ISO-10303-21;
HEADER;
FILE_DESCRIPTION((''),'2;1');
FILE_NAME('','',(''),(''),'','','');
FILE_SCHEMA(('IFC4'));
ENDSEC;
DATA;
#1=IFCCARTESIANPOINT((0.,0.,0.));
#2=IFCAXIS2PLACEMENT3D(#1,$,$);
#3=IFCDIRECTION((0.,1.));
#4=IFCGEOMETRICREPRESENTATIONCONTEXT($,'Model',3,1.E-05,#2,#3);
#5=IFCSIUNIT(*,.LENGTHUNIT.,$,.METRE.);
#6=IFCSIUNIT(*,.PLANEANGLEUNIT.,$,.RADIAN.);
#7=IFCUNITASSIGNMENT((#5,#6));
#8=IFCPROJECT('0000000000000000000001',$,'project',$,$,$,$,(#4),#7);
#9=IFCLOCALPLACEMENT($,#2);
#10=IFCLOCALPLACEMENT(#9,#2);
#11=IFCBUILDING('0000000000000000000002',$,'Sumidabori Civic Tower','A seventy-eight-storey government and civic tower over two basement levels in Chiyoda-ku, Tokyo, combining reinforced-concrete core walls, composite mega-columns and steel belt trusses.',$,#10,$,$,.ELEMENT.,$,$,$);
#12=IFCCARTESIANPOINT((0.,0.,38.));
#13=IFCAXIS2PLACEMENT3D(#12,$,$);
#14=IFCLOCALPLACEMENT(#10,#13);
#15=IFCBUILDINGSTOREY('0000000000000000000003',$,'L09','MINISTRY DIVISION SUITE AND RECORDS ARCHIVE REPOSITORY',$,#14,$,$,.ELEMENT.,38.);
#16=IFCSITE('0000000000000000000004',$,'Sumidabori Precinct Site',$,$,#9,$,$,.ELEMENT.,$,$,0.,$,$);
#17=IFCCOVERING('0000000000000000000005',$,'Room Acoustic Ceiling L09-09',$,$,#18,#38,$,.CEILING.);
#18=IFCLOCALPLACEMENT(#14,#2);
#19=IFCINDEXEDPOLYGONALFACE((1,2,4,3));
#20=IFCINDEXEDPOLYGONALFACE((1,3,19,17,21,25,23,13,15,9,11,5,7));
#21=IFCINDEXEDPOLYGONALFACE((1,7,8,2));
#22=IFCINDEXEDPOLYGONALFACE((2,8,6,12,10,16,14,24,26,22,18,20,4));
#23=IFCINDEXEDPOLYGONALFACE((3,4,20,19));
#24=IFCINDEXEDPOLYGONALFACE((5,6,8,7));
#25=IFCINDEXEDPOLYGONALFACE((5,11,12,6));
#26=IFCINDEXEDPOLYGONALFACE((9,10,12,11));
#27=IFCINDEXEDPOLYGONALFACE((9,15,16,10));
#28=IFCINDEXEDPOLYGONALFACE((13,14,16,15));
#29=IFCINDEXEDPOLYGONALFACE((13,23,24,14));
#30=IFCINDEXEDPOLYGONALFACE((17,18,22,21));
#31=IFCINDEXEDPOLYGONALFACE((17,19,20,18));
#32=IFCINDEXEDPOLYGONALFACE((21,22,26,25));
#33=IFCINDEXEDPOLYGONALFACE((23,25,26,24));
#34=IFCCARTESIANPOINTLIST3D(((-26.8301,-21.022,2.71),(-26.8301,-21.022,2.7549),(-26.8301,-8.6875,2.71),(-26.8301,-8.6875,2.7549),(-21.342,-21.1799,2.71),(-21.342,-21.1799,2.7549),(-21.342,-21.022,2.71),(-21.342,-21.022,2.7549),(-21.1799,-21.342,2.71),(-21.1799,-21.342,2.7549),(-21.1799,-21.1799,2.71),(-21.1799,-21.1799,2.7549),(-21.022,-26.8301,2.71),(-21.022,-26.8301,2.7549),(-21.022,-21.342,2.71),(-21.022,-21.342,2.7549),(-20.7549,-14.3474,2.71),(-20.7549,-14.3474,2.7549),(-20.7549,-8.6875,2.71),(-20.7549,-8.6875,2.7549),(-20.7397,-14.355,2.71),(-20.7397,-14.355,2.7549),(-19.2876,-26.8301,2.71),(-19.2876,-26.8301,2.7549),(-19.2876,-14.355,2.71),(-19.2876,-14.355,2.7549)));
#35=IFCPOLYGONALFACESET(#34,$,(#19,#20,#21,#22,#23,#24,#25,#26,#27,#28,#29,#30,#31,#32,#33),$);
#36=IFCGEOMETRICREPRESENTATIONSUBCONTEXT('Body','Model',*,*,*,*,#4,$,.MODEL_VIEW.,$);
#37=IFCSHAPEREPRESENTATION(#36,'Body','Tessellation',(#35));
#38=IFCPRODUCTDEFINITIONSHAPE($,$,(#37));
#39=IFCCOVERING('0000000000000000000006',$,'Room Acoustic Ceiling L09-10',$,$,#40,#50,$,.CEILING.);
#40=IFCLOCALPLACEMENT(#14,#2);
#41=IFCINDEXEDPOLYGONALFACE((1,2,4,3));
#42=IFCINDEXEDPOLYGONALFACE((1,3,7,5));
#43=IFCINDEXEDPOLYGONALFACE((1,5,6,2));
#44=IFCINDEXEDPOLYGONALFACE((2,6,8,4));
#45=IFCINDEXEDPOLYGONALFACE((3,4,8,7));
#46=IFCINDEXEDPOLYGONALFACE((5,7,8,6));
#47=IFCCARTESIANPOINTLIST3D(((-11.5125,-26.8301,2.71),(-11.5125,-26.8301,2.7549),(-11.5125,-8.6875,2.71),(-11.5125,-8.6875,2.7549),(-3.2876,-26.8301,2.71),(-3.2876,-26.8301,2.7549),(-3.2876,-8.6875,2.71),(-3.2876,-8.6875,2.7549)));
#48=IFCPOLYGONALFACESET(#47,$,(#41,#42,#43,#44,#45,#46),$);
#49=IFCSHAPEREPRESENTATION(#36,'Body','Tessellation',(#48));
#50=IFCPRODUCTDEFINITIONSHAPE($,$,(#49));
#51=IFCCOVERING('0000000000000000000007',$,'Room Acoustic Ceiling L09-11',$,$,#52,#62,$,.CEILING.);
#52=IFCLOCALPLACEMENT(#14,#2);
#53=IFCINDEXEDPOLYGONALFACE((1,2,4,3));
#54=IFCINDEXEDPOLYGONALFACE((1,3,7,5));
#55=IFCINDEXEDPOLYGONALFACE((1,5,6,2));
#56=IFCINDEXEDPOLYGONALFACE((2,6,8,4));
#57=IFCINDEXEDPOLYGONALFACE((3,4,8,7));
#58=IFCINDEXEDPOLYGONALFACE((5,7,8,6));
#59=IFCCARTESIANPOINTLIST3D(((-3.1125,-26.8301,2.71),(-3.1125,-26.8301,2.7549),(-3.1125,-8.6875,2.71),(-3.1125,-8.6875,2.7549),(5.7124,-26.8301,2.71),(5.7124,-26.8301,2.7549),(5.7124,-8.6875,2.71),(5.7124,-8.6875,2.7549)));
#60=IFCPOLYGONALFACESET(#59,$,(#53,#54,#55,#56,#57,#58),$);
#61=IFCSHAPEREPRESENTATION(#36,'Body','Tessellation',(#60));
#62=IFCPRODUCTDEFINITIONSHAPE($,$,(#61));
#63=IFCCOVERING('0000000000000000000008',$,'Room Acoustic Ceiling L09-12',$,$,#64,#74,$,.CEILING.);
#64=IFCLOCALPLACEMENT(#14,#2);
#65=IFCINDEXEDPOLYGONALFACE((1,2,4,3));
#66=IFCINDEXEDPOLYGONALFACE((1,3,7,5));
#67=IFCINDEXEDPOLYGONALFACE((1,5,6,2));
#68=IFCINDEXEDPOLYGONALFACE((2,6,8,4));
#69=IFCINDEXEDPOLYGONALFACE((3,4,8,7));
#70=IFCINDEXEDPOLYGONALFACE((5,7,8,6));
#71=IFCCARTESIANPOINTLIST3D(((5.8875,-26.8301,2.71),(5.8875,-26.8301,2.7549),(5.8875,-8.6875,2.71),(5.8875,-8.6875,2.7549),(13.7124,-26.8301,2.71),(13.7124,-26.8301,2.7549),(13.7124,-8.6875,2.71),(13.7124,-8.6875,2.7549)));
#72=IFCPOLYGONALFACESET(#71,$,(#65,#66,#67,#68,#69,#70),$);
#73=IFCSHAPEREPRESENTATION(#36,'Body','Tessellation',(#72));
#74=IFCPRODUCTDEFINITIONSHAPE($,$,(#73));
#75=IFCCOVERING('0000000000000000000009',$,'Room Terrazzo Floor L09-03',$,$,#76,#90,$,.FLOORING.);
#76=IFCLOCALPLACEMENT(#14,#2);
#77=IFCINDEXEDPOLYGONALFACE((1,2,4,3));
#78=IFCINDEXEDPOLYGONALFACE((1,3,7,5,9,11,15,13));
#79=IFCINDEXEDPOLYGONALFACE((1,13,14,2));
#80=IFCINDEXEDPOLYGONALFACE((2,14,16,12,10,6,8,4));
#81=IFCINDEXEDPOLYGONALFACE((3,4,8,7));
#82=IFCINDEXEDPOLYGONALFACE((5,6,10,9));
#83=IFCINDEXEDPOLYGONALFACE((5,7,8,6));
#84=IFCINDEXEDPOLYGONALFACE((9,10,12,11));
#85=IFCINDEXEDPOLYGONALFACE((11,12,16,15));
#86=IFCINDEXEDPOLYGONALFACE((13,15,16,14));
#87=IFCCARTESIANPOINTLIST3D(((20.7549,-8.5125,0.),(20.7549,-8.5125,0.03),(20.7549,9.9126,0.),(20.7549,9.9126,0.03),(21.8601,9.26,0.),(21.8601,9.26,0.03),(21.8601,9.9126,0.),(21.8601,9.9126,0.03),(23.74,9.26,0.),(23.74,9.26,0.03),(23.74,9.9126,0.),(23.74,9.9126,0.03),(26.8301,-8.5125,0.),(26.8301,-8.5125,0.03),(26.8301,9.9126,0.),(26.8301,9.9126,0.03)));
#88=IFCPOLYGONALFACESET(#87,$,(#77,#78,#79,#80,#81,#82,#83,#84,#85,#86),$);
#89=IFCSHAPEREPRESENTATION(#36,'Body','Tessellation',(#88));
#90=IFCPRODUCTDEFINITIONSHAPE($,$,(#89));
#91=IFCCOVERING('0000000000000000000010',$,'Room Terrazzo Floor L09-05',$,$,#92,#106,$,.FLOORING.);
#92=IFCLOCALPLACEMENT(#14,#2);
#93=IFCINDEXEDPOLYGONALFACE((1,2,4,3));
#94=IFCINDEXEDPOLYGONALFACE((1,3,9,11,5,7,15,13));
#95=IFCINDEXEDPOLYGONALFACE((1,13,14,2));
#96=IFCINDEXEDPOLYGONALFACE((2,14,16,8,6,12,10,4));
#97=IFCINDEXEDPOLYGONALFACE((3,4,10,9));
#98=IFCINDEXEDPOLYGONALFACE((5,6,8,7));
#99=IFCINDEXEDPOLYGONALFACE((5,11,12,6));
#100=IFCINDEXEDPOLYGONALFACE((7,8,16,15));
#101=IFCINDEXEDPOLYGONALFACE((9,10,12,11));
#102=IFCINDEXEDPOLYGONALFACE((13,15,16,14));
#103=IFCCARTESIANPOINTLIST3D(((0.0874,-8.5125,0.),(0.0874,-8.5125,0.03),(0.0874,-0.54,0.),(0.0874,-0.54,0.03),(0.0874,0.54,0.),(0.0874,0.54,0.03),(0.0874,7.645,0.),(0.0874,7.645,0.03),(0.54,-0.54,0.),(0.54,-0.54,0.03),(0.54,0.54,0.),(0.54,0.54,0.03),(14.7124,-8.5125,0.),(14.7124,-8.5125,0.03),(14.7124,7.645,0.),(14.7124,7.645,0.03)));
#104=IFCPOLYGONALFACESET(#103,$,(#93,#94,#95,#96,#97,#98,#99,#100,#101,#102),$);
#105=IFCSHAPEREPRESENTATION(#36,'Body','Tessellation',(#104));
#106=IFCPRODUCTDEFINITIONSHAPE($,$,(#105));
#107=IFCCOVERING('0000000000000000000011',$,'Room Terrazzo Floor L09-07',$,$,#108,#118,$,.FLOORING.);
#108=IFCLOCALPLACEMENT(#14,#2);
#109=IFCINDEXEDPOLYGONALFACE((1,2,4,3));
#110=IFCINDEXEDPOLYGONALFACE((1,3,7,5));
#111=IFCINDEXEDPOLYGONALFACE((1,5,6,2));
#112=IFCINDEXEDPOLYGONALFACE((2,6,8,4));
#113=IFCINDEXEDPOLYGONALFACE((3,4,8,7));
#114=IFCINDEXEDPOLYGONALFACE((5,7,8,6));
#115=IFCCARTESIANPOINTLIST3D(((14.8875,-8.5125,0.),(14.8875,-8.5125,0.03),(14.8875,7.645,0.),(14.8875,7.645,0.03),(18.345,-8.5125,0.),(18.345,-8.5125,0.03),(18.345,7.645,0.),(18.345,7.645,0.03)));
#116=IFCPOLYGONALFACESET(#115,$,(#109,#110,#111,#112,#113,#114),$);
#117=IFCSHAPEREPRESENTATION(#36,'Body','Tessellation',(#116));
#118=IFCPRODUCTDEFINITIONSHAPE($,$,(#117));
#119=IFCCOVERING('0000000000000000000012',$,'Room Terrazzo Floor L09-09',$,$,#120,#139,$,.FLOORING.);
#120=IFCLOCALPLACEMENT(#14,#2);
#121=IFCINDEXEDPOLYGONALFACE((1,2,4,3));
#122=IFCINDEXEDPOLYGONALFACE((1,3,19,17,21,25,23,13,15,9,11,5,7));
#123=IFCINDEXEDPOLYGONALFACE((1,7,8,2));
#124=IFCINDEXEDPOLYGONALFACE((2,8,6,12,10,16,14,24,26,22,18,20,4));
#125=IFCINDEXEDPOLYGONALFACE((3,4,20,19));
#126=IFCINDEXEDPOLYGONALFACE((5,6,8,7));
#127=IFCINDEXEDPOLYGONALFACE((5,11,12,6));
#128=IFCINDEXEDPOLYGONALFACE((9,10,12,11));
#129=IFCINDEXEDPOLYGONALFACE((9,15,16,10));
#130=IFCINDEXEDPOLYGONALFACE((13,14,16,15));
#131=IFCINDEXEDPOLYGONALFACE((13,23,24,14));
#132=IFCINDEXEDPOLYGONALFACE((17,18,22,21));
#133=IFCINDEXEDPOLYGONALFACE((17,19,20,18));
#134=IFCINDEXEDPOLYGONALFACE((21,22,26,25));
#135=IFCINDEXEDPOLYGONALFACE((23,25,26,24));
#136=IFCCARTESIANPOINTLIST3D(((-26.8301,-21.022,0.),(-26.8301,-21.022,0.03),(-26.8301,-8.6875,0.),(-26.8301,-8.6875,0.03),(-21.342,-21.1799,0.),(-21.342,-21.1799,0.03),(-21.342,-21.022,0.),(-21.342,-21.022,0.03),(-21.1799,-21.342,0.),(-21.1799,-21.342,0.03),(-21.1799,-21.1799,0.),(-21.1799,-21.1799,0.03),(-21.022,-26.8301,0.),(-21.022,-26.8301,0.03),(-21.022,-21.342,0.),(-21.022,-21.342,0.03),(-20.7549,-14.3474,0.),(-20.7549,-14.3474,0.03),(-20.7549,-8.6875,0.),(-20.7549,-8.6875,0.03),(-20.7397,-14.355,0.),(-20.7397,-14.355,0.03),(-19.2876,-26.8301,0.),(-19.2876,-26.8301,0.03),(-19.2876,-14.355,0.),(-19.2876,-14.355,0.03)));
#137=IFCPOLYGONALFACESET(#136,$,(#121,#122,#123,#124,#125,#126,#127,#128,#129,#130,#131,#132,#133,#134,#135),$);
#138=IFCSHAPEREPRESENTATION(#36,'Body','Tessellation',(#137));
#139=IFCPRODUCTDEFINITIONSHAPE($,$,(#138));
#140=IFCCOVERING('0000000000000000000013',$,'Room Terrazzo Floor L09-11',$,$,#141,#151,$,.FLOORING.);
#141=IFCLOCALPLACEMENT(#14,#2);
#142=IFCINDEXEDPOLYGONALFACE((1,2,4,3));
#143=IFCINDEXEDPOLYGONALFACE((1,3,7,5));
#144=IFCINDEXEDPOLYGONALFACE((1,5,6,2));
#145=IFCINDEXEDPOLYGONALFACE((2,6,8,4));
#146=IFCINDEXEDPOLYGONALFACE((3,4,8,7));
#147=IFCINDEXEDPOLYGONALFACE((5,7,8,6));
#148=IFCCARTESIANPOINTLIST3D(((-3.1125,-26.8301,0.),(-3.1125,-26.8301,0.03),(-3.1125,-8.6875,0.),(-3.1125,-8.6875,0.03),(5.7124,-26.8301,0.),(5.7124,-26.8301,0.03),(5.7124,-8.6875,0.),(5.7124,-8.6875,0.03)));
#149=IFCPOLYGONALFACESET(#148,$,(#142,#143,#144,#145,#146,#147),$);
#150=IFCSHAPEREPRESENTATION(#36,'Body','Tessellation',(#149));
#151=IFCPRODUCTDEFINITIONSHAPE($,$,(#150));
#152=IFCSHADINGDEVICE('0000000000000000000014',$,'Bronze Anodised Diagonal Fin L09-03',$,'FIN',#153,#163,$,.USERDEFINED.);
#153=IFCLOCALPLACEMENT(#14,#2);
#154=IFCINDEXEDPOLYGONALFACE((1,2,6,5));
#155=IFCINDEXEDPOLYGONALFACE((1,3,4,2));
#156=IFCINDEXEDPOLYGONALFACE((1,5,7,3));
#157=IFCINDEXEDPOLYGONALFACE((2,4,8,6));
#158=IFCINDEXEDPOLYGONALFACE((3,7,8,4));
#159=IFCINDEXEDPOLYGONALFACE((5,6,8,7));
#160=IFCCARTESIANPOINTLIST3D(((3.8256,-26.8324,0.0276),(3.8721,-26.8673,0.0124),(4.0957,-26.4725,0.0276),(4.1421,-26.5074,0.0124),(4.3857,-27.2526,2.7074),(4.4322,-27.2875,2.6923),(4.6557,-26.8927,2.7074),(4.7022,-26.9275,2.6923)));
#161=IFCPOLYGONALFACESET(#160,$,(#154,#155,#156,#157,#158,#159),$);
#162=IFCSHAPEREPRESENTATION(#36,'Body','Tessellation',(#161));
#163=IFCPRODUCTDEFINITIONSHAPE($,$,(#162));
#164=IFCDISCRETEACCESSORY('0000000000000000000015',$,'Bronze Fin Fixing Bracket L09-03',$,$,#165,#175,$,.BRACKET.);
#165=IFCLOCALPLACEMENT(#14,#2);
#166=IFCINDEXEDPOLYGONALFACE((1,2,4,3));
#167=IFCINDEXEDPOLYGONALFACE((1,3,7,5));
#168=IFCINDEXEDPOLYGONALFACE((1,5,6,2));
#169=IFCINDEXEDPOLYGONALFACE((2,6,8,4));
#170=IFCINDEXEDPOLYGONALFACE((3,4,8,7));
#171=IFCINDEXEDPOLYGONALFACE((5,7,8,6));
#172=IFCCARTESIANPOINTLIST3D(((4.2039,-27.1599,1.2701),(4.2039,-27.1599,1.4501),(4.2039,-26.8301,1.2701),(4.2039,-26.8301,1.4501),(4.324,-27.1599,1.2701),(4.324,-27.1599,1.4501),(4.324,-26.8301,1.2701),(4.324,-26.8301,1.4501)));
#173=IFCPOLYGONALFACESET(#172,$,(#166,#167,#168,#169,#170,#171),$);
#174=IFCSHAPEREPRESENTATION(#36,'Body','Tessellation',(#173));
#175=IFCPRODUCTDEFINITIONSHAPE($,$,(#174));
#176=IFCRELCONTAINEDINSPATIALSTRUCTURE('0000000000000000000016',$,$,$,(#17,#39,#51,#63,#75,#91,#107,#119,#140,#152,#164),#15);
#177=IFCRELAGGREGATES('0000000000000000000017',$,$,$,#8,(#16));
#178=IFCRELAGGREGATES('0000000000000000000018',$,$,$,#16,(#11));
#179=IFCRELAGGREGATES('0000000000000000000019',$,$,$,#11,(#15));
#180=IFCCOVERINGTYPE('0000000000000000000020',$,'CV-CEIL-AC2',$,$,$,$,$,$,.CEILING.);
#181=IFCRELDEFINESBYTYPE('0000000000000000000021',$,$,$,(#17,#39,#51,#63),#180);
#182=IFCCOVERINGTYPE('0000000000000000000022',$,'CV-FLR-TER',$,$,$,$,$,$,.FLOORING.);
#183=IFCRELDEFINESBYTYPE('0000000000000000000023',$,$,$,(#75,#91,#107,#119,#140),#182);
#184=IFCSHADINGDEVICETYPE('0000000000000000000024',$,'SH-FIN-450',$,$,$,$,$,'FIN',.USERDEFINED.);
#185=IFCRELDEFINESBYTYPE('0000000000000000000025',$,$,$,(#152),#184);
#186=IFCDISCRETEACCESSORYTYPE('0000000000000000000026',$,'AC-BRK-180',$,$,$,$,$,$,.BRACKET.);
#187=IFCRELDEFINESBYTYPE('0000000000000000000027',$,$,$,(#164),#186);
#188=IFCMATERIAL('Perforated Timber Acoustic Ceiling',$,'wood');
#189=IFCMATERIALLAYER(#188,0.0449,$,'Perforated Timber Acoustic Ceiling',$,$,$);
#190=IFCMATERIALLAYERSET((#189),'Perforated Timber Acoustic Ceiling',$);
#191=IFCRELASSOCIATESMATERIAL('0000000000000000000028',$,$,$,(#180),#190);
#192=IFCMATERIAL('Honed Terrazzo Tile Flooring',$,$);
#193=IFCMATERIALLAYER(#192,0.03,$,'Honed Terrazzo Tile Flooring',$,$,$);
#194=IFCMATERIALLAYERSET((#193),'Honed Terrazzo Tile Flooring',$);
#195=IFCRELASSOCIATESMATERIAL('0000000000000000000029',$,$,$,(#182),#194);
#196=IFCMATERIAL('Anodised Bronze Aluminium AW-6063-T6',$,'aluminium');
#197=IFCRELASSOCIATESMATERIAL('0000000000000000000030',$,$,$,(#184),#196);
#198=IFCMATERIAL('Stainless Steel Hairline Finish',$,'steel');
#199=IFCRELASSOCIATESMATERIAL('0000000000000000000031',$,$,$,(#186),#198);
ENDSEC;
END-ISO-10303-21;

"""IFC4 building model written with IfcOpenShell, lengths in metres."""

from ifc_helpers import new_model, si_unit, direction, frame, origin, origin_2d, place, context, subcontext, project, spatial, polyline, rectangle, outline, extrude, source, transform, mapped, material, layer, layer_set, material_profile, profile_set, type_object, element, save


model = new_model("IFC4")

# Units and contexts
model_context = context("Model", 3, precision=1e-05, world=origin(), true_north=direction((0.0, 1.0)))
body_context = subcontext(model_context, "Body", "Model", "MODEL_VIEW")
ifc_project = project(units=[si_unit("LENGTHUNIT", "METRE"), si_unit("PLANEANGLEUNIT", "RADIAN")], contexts=[model_context])

# Site, building, storey
site_placement = place(None, origin())
site = spatial("IfcSite", under=ifc_project, at=site_placement, Name="Sumidabori Precinct Site", CompositionType="ELEMENT", RefElevation=0.0)
building_placement = place(site_placement, origin())
building = spatial("IfcBuilding", under=site, at=building_placement, Name="Sumidabori Civic Tower", Description="A seventy-eight-storey government and civic tower over two basement levels in Chiyoda-ku, Tokyo, combining reinforced-concrete core walls, composite mega-columns and steel belt trusses.", CompositionType="ELEMENT")
storey_placement = place(building_placement, frame((0.0, 0.0, 38.0)))
storey = spatial("IfcBuildingStorey", under=building, at=storey_placement, Name="L09", Description="MINISTRY DIVISION SUITE AND RECORDS ARCHIVE REPOSITORY", CompositionType="ELEMENT", Elevation=38.0)

# Shared definitions
ifc_material_1 = material(Name="Anodised Bronze Aluminium AW-6063-T6", Category="aluminium")

# Coverings
ifc_material_2 = material(Name="Perforated Timber Acoustic Ceiling", Category="wood")
ifc_layer_1 = layer(ifc_material_2, 0.0449, Name="Perforated Timber Acoustic Ceiling")
ifc_layer_set_1 = layer_set([ifc_layer_1], Name="Perforated Timber Acoustic Ceiling")
covering_type_1 = type_object("IfcCoveringType", Name="CV-CEIL-AC2", PredefinedType="CEILING", material=ifc_layer_set_1)
covering_1_placement = place(storey_placement, frame((0.0, 0.0, 2.71)))
element("IfcCovering", 1, at=covering_1_placement, inside=storey, type_object=covering_type_1, Name="Room Acoustic Ceiling L09-09", PredefinedType="CEILING", context=body_context, shape_type="SweptSolid", body=[
    extrude(outline(polyline([(-26.8301, -21.022), (-26.8301, -8.6875), (-20.7549, -8.6875), (-20.7549, -14.3474), (-20.7397, -14.355), (-19.2876, -14.355), (-19.2876, -26.8301), (-21.022, -26.8301), (-21.022, -21.342), (-21.1799, -21.342), (-21.1799, -21.1799), (-21.342, -21.1799), (-21.342, -21.022), (-26.8301, -21.022)])), origin(), (0.0, 0.0, 1.0), 0.0449),
])
covering_2_placement = place(storey_placement, frame((0.0, 0.0, 2.71)))
element("IfcCovering", 2, at=covering_2_placement, inside=storey, type_object=covering_type_1, Name="Room Acoustic Ceiling L09-10", PredefinedType="CEILING", context=body_context, shape_type="SweptSolid", body=[
    extrude(outline(polyline([(-3.2876, -26.8301), (-11.5125, -26.8301), (-11.5125, -8.6875), (-3.2876, -8.6875), (-3.2876, -26.8301)])), origin(), (0.0, 0.0, 1.0), 0.0449),
])
covering_3_placement = place(storey_placement, frame((0.0, 0.0, 2.71)))
element("IfcCovering", 3, at=covering_3_placement, inside=storey, type_object=covering_type_1, Name="Room Acoustic Ceiling L09-11", PredefinedType="CEILING", context=body_context, shape_type="SweptSolid", body=[
    extrude(outline(polyline([(5.7124, -26.8301), (-3.1125, -26.8301), (-3.1125, -8.6875), (5.7124, -8.6875), (5.7124, -26.8301)])), origin(), (0.0, 0.0, 1.0), 0.0449),
])
covering_4_placement = place(storey_placement, frame((0.0, 0.0, 2.71)))
element("IfcCovering", 4, at=covering_4_placement, inside=storey, type_object=covering_type_1, Name="Room Acoustic Ceiling L09-12", PredefinedType="CEILING", context=body_context, shape_type="SweptSolid", body=[
    extrude(outline(polyline([(13.7124, -26.8301), (5.8875, -26.8301), (5.8875, -8.6875), (13.7124, -8.6875), (13.7124, -26.8301)])), origin(), (0.0, 0.0, 1.0), 0.0449),
])
ifc_material_3 = material(Name="Honed Terrazzo Tile Flooring")
ifc_layer_2 = layer(ifc_material_3, 0.03, Name="Honed Terrazzo Tile Flooring")
ifc_layer_set_2 = layer_set([ifc_layer_2], Name="Honed Terrazzo Tile Flooring")
covering_type_2 = type_object("IfcCoveringType", Name="CV-FLR-TER", PredefinedType="FLOORING", material=ifc_layer_set_2)
covering_5_placement = place(storey_placement, origin())
element("IfcCovering", 5, at=covering_5_placement, inside=storey, type_object=covering_type_2, Name="Room Terrazzo Floor L09-03", PredefinedType="FLOORING", context=body_context, shape_type="SweptSolid", body=[
    extrude(outline(polyline([(20.7549, 9.9126), (21.8601, 9.9126), (21.8601, 9.26), (23.74, 9.26), (23.74, 9.9126), (26.8301, 9.9126), (26.8301, -8.5125), (20.7549, -8.5125), (20.7549, 9.9126)])), origin(), (0.0, 0.0, 1.0), 0.03),
])
covering_6_placement = place(storey_placement, origin())
element("IfcCovering", 6, at=covering_6_placement, inside=storey, type_object=covering_type_2, Name="Room Terrazzo Floor L09-05", PredefinedType="FLOORING", context=body_context, shape_type="SweptSolid", body=[
    extrude(outline(polyline([(0.0874, -0.54), (0.54, -0.54), (0.54, 0.54), (0.0874, 0.54), (0.0874, 7.645), (14.7124, 7.645), (14.7124, -8.5125), (0.0874, -8.5125), (0.0874, -0.54)])), origin(), (0.0, 0.0, 1.0), 0.03),
])
covering_7_placement = place(storey_placement, origin())
element("IfcCovering", 7, at=covering_7_placement, inside=storey, type_object=covering_type_2, Name="Room Terrazzo Floor L09-07", PredefinedType="FLOORING", context=body_context, shape_type="SweptSolid", body=[
    extrude(outline(polyline([(14.8875, 7.645), (18.345, 7.645), (18.345, -8.5125), (14.8875, -8.5125), (14.8875, 7.645)])), origin(), (0.0, 0.0, 1.0), 0.03),
])
covering_8_placement = place(storey_placement, origin())
element("IfcCovering", 8, at=covering_8_placement, inside=storey, type_object=covering_type_2, Name="Room Terrazzo Floor L09-09", PredefinedType="FLOORING", context=body_context, shape_type="SweptSolid", body=[
    extrude(outline(polyline([(-26.8301, -21.022), (-26.8301, -8.6875), (-20.7549, -8.6875), (-20.7549, -14.3474), (-20.7397, -14.355), (-19.2876, -14.355), (-19.2876, -26.8301), (-21.022, -26.8301), (-21.022, -21.342), (-21.1799, -21.342), (-21.1799, -21.1799), (-21.342, -21.1799), (-21.342, -21.022), (-26.8301, -21.022)])), origin(), (0.0, 0.0, 1.0), 0.03),
])
covering_9_placement = place(storey_placement, origin())
element("IfcCovering", 9, at=covering_9_placement, inside=storey, type_object=covering_type_2, Name="Room Terrazzo Floor L09-11", PredefinedType="FLOORING", context=body_context, shape_type="SweptSolid", body=[
    extrude(outline(polyline([(5.7124, -26.8301), (-3.1125, -26.8301), (-3.1125, -8.6875), (5.7124, -8.6875), (5.7124, -26.8301)])), origin(), (0.0, 0.0, 1.0), 0.03),
])

# Shading device
ifc_material_profile_1 = material_profile(ifc_material_1, rectangle(XDim=0.0601, YDim=0.45, at=origin_2d()), Name="BRONZE FIN 450x60")
ifc_profile_set_1 = profile_set([ifc_material_profile_1], Name="Anodised Bronze Aluminium AW-6063-T6")
shading_device_type = type_object("IfcShadingDeviceType", Name="SH-FIN-450", ElementType="FIN", PredefinedType="USERDEFINED", material=ifc_profile_set_1)
shared_shape_1 = source(origin(), body_context, "Body", "SweptSolid", [
    extrude(rectangle(XDim=0.0601, YDim=0.45, at=origin_2d()), origin(), (0.0, 0.0, 1.0), 2.7698),
])
shading_device_placement = place(storey_placement, frame((3.9839, -26.6699, 0.02), z_axis=(0.202196, -0.151691, 0.967526), x_axis=(0.77394, -0.580624, -0.252771)))
element("IfcShadingDevice", 10, at=shading_device_placement, inside=storey, type_object=shading_device_type, Name="Bronze Anodised Diagonal Fin L09-03", ObjectType="FIN", PredefinedType="USERDEFINED", context=body_context, shape_type="MappedRepresentation", body=[
    mapped(shared_shape_1, transform((0.0, 0.0, 0.0), x_axis=(1.0, 0.0, 0.0), y_axis=(0.0, 1.0, 0.0), z_axis=(0.0, 0.0, 1.0), scale=1.0)),
])

# Discrete accessory
ifc_material_4 = material(Name="Stainless Steel Hairline Finish", Category="steel")
ifc_material_profile_2 = material_profile(ifc_material_4, rectangle(XDim=0.1201, YDim=0.1799, at=origin_2d()), Name="STEEL BRACKET 180x120")
ifc_profile_set_2 = profile_set([ifc_material_profile_2], Name="Stainless Steel Hairline Finish")
discrete_accessory_type = type_object("IfcDiscreteAccessoryType", Name="AC-BRK-180", PredefinedType="BRACKET", material=ifc_profile_set_2)
shared_shape_2 = source(origin(), body_context, "Body", "SweptSolid", [
    extrude(rectangle(XDim=0.1201, YDim=0.1799, at=origin_2d()), origin(), (0.0, 0.0, 1.0), 0.3298),
])
discrete_accessory_placement = place(storey_placement, frame((4.2639, -26.8301, 1.3601), z_axis=(0.0, -1.0, 0.0), x_axis=(1.0, 0.0, 0.0)))
element("IfcDiscreteAccessory", 11, at=discrete_accessory_placement, inside=storey, type_object=discrete_accessory_type, Name="Bronze Fin Fixing Bracket L09-03", PredefinedType="BRACKET", context=body_context, shape_type="MappedRepresentation", body=[
    mapped(shared_shape_2, transform((0.0, 0.0, 0.0), x_axis=(1.0, 0.0, 0.0), y_axis=(0.0, 1.0, 0.0), z_axis=(0.0, 0.0, 1.0), scale=1.0)),
])

save(model, "model.ifc")
